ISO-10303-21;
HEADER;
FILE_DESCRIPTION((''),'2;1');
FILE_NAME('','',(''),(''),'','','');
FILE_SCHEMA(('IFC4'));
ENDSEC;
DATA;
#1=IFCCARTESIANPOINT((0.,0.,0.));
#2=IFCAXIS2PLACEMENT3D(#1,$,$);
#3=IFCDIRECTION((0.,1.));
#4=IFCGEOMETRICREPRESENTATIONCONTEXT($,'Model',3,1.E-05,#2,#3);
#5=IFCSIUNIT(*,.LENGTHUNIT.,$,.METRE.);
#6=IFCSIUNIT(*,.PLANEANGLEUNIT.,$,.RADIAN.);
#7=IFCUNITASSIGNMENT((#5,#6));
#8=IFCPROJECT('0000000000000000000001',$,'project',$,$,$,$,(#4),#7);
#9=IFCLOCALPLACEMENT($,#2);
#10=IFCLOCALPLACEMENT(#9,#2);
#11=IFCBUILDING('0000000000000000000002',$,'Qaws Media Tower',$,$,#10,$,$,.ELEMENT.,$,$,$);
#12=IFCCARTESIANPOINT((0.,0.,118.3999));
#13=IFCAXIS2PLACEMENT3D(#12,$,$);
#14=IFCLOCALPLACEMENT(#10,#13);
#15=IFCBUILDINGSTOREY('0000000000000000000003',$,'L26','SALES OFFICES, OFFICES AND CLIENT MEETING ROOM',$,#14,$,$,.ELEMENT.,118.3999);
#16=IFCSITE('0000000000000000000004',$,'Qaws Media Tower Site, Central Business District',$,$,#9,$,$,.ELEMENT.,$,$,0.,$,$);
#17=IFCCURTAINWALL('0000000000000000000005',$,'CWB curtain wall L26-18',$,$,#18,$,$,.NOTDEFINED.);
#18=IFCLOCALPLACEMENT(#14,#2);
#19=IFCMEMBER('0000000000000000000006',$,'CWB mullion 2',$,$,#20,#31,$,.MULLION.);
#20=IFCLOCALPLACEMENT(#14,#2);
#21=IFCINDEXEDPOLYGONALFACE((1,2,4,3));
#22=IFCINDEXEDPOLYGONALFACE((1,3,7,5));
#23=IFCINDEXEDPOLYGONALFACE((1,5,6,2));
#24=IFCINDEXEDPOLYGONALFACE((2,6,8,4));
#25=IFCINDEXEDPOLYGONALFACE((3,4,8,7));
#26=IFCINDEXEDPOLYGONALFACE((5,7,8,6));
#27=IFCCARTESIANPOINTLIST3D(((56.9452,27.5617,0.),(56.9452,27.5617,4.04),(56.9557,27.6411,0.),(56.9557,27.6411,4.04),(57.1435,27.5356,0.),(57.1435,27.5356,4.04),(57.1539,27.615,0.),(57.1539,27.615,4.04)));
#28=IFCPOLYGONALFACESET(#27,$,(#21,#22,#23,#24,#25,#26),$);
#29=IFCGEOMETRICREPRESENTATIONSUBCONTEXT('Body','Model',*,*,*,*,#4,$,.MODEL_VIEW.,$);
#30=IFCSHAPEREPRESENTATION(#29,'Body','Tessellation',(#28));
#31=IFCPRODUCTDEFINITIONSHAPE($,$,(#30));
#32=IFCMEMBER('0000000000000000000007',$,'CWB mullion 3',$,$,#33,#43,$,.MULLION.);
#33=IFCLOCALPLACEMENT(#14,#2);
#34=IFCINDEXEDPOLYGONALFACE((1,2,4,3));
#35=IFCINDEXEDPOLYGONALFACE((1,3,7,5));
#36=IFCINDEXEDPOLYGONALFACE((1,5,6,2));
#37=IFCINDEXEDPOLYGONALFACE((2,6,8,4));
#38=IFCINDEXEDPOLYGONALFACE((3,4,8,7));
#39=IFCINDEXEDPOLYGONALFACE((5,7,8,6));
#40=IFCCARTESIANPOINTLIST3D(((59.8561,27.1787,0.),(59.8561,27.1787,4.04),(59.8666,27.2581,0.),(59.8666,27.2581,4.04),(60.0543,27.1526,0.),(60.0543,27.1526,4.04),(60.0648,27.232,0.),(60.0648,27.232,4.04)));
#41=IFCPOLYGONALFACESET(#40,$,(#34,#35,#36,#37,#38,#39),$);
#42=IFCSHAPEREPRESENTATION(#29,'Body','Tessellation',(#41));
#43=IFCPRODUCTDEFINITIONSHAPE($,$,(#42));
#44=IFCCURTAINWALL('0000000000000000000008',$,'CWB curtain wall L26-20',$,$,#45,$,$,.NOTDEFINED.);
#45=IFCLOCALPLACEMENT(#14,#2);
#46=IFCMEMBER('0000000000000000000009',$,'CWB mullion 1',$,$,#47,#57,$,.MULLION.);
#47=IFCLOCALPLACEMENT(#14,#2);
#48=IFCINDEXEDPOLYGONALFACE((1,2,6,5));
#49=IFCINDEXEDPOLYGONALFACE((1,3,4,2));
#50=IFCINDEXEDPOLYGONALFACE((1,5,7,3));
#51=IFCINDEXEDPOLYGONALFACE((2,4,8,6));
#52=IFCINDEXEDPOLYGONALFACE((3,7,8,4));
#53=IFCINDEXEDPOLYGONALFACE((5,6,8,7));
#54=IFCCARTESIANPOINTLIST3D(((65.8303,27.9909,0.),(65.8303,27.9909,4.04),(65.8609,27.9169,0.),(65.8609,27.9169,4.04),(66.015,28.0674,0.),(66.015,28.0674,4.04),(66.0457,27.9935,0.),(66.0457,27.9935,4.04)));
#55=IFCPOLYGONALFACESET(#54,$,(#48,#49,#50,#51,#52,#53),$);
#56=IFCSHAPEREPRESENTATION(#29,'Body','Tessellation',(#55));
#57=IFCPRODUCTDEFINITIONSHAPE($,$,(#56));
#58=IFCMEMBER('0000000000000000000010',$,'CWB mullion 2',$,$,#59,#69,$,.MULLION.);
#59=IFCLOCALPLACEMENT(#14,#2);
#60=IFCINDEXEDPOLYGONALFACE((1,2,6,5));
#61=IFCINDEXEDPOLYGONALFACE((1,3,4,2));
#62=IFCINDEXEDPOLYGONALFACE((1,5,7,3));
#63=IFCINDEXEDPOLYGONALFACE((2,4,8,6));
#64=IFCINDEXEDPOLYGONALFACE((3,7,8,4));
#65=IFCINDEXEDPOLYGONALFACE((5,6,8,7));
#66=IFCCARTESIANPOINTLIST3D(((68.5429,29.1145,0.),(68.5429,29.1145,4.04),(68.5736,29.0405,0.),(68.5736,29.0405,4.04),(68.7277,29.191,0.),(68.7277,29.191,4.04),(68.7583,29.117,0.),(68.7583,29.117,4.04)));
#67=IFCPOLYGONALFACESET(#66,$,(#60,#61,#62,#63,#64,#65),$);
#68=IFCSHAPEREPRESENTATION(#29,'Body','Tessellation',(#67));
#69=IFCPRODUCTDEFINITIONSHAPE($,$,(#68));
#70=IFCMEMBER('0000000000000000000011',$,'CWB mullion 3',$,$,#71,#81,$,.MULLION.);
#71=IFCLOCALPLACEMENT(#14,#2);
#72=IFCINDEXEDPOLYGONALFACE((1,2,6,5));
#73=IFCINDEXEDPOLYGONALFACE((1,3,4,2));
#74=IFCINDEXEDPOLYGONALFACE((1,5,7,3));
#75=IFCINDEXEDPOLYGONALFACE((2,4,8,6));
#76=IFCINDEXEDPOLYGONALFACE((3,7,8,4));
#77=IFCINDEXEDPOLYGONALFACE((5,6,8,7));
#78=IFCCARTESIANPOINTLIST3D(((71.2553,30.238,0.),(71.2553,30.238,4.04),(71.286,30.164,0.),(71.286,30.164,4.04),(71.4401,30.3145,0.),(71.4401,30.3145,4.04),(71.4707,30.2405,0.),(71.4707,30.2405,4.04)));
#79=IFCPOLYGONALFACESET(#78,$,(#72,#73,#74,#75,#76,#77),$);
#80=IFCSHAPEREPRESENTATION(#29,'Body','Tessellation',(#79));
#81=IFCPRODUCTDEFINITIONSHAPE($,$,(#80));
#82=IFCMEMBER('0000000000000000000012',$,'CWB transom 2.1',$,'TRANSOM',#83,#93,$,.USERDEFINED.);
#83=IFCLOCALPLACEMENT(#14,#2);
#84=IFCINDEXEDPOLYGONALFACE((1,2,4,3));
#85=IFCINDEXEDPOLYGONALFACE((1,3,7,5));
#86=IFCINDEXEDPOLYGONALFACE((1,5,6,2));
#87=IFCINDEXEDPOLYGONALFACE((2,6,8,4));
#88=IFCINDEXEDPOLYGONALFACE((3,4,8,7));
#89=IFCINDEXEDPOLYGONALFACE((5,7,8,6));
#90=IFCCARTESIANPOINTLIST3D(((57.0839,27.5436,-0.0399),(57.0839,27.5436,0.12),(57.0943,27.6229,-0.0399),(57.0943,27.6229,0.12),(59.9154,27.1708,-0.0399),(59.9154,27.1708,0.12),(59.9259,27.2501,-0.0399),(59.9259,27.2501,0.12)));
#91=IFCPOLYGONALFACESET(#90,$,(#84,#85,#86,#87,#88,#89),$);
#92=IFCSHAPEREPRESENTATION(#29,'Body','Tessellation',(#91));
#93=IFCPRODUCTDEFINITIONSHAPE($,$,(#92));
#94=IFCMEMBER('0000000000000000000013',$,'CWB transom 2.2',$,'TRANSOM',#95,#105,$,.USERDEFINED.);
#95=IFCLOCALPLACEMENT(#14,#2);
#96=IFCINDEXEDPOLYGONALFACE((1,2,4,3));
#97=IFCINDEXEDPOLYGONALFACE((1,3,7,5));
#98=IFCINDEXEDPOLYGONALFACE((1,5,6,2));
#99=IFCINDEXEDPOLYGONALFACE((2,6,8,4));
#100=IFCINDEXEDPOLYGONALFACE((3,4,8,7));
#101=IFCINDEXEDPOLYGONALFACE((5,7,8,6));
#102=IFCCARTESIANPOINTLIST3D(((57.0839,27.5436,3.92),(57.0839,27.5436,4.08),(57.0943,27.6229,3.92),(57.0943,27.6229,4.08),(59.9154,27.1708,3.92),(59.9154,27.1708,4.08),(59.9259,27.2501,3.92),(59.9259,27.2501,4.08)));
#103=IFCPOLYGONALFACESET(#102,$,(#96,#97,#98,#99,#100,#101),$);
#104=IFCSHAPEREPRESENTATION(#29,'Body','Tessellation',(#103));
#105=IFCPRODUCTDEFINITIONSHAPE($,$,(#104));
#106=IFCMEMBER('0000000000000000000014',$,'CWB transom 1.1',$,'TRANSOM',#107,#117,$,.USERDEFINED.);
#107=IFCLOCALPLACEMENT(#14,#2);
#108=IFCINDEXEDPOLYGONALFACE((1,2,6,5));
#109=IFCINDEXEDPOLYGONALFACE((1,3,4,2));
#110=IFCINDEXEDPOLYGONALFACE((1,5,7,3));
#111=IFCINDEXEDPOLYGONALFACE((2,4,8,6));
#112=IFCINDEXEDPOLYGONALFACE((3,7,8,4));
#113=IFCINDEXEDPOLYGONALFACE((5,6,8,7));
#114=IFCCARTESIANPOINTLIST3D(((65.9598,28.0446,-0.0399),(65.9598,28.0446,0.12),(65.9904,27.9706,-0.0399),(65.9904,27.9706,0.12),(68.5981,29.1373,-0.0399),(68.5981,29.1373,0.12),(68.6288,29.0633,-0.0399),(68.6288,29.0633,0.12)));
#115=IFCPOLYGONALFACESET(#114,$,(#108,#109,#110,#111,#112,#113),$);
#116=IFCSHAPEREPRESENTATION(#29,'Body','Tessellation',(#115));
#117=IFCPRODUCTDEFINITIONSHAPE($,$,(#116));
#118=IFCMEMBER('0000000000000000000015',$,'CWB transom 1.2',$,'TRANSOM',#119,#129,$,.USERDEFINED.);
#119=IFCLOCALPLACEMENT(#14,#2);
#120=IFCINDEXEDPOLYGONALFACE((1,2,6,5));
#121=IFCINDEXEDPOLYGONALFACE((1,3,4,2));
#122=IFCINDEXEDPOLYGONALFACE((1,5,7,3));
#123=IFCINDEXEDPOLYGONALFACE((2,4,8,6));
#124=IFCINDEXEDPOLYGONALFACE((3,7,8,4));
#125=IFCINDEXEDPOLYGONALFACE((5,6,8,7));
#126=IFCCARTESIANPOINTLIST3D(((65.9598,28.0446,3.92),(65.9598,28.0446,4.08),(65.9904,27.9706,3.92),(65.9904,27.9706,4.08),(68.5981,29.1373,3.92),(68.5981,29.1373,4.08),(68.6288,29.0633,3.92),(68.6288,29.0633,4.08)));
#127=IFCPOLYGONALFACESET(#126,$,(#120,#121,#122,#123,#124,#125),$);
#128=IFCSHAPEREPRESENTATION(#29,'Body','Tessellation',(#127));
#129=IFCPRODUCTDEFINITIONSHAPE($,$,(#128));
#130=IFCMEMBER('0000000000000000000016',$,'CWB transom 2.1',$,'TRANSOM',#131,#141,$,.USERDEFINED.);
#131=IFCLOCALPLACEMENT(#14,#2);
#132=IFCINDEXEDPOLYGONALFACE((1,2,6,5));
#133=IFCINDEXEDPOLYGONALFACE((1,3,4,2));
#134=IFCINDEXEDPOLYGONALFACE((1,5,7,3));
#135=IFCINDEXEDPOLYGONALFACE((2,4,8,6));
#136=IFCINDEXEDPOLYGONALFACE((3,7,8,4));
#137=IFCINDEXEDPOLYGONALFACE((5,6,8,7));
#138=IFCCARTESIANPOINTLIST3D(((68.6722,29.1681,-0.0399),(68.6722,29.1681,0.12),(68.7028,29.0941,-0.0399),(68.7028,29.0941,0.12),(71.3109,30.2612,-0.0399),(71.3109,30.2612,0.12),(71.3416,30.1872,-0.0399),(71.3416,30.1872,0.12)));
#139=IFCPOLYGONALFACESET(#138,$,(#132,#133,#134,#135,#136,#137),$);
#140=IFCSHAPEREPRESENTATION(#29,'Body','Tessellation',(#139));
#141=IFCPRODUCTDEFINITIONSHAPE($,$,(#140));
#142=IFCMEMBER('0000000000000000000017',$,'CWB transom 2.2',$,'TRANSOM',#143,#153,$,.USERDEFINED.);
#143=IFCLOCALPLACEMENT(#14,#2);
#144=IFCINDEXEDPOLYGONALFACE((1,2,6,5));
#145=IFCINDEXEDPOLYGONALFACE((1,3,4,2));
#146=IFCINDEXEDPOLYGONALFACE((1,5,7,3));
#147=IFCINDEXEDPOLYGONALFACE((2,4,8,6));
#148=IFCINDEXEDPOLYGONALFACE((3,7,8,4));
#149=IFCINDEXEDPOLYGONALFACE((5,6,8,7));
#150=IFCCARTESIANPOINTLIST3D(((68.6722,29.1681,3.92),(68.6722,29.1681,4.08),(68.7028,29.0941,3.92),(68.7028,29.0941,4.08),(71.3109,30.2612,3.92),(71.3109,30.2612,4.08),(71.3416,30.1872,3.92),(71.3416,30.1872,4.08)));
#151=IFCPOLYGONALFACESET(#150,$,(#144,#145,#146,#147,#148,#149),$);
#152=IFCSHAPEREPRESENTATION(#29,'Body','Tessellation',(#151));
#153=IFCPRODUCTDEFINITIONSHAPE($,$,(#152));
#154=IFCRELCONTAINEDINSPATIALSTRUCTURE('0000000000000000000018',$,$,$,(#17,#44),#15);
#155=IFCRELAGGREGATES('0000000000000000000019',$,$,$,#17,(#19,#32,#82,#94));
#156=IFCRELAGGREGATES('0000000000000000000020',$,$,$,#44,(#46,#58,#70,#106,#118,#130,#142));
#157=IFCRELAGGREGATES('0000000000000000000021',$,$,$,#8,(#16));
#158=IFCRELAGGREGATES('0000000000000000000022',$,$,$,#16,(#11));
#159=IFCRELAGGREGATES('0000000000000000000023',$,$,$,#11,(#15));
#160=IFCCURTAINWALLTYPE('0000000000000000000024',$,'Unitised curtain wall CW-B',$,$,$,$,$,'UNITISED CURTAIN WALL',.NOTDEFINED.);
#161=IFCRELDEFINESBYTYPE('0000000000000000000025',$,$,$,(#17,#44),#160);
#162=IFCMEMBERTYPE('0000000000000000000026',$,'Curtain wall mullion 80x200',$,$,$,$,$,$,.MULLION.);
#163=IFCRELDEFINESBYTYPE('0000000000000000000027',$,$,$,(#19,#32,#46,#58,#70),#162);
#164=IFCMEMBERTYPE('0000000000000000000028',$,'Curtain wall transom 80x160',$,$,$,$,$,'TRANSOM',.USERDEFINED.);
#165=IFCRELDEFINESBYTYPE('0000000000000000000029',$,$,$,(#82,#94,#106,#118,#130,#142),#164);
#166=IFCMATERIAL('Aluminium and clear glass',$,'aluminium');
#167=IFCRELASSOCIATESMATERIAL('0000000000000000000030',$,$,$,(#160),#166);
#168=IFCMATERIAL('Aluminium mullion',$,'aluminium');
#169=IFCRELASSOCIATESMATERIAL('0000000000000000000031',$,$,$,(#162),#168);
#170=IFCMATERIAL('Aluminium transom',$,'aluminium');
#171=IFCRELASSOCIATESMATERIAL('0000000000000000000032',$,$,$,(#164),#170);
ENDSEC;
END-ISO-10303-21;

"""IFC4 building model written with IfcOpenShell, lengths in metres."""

from ifc_helpers import new_model, si_unit, direction, frame, origin, origin_2d, place, context, subcontext, project, spatial, rectangle, extrude, material, material_profile, profile_set, type_object, element, aggregate, save


model = new_model("IFC4")

# Units and contexts
model_context = context("Model", 3, precision=1e-05, world=origin(), true_north=direction((0.0, 1.0)))
body_context = subcontext(model_context, "Body", "Model", "MODEL_VIEW")
ifc_project = project(units=[si_unit("LENGTHUNIT", "METRE"), si_unit("PLANEANGLEUNIT", "RADIAN")], contexts=[model_context])

# Site, building, storey
site_placement = place(None, origin())
site = spatial("IfcSite", under=ifc_project, at=site_placement, Name="Qaws Media Tower Site, Central Business District", CompositionType="ELEMENT", RefElevation=0.0)
building_placement = place(site_placement, origin())
building = spatial("IfcBuilding", under=site, at=building_placement, Name="Qaws Media Tower", CompositionType="ELEMENT")
storey_placement = place(building_placement, frame((0.0, 0.0, 118.3999)))
storey = spatial("IfcBuildingStorey", under=building, at=storey_placement, Name="L26", Description="SALES OFFICES, OFFICES AND CLIENT MEETING ROOM", CompositionType="ELEMENT", Elevation=118.3999)

# Curtain walls, members
ifc_material_1 = material(Name="Aluminium and clear glass", Category="aluminium")
curtain_wall_type = type_object("IfcCurtainWallType", Name="Unitised curtain wall CW-B", ElementType="UNITISED CURTAIN WALL", PredefinedType="NOTDEFINED", material=ifc_material_1)
curtain_wall_1_placement = place(storey_placement, origin())
curtain_wall_1 = element("IfcCurtainWall", 1, at=curtain_wall_1_placement, inside=storey, type_object=curtain_wall_type, Name="CWB curtain wall L26-18", PredefinedType="NOTDEFINED")
ifc_material_2 = material(Name="Aluminium mullion", Category="aluminium")
ifc_material_profile_1 = material_profile(ifc_material_2, rectangle(XDim=0.0801, YDim=0.2, at=origin_2d()), Name="80x200")
ifc_profile_set_1 = profile_set([ifc_material_profile_1], Name="Aluminium mullion")
member_type_1 = type_object("IfcMemberType", Name="Curtain wall mullion 80x200", PredefinedType="MULLION", material=ifc_profile_set_1)
member_1_placement = place(storey_placement, frame((57.0496, 27.5884, 0.0), z_axis=(0.0, 0.0, 1.0), x_axis=(0.130526, 0.991445, 0.0)))
member_1 = element("IfcMember", 2, at=member_1_placement, type_object=member_type_1, Name="CWB mullion 2", PredefinedType="MULLION", context=body_context, shape_type="SweptSolid", body=[
    extrude(rectangle(XDim=0.0801, YDim=0.2, at=origin_2d()), origin(), (0.0, 0.0, 1.0), 4.04),
])
member_2_placement = place(storey_placement, frame((59.9604, 27.2053, 0.0), z_axis=(0.0, 0.0, 1.0), x_axis=(0.130526, 0.991445, 0.0)))
member_2 = element("IfcMember", 3, at=member_2_placement, type_object=member_type_1, Name="CWB mullion 3", PredefinedType="MULLION", context=body_context, shape_type="SweptSolid", body=[
    extrude(rectangle(XDim=0.0801, YDim=0.2, at=origin_2d()), origin(), (0.0, 0.0, 1.0), 4.04),
])
curtain_wall_2_placement = place(storey_placement, origin())
curtain_wall_2 = element("IfcCurtainWall", 4, at=curtain_wall_2_placement, inside=storey, type_object=curtain_wall_type, Name="CWB curtain wall L26-20", PredefinedType="NOTDEFINED")
member_3_placement = place(storey_placement, frame((65.938, 27.9922, 0.0), z_axis=(0.0, 0.0, 1.0), x_axis=(-0.382683, 0.92388, 0.0)))
member_3 = element("IfcMember", 5, at=member_3_placement, type_object=member_type_1, Name="CWB mullion 1", PredefinedType="MULLION", context=body_context, shape_type="SweptSolid", body=[
    extrude(rectangle(XDim=0.0801, YDim=0.2, at=origin_2d()), origin(), (0.0, 0.0, 1.0), 4.04),
])
member_4_placement = place(storey_placement, frame((68.6506, 29.1157, 0.0), z_axis=(0.0, 0.0, 1.0), x_axis=(-0.382683, 0.92388, 0.0)))
member_4 = element("IfcMember", 6, at=member_4_placement, type_object=member_type_1, Name="CWB mullion 2", PredefinedType="MULLION", context=body_context, shape_type="SweptSolid", body=[
    extrude(rectangle(XDim=0.0801, YDim=0.2, at=origin_2d()), origin(), (0.0, 0.0, 1.0), 4.04),
])
member_5_placement = place(storey_placement, frame((71.363, 30.2393, 0.0), z_axis=(0.0, 0.0, 1.0), x_axis=(-0.382683, 0.92388, 0.0)))
member_5 = element("IfcMember", 7, at=member_5_placement, type_object=member_type_1, Name="CWB mullion 3", PredefinedType="MULLION", context=body_context, shape_type="SweptSolid", body=[
    extrude(rectangle(XDim=0.0801, YDim=0.2, at=origin_2d()), origin(), (0.0, 0.0, 1.0), 4.04),
])

# Members
ifc_material_3 = material(Name="Aluminium transom", Category="aluminium")
ifc_material_profile_2 = material_profile(ifc_material_3, rectangle(XDim=0.0801, YDim=0.1599, at=origin_2d()), Name="80x160")
ifc_profile_set_2 = profile_set([ifc_material_profile_2], Name="Aluminium transom")
member_type_2 = type_object("IfcMemberType", Name="Curtain wall transom 80x160", ElementType="TRANSOM", PredefinedType="USERDEFINED", material=ifc_profile_set_2)
member_6_placement = place(storey_placement, frame((57.0891, 27.5833, 0.04), z_axis=(0.991444, -0.130534, 0.0), x_axis=(0.130534, 0.991444, 0.0)))
member_6 = element("IfcMember", 8, at=member_6_placement, type_object=member_type_2, Name="CWB transom 2.1", ObjectType="TRANSOM", PredefinedType="USERDEFINED", context=body_context, shape_type="SweptSolid", body=[
    extrude(rectangle(XDim=0.0801, YDim=0.1599, at=origin_2d()), origin(), (0.0, 0.0, 1.0), 2.856),
])
member_7_placement = place(storey_placement, frame((57.0891, 27.5833, 4.0), z_axis=(0.991444, -0.130534, 0.0), x_axis=(0.130534, 0.991444, 0.0)))
member_7 = element("IfcMember", 9, at=member_7_placement, type_object=member_type_2, Name="CWB transom 2.2", ObjectType="TRANSOM", PredefinedType="USERDEFINED", context=body_context, shape_type="SweptSolid", body=[
    extrude(rectangle(XDim=0.0801, YDim=0.1599, at=origin_2d()), origin(), (0.0, 0.0, 1.0), 2.856),
])
member_8_placement = place(storey_placement, frame((65.9751, 28.0076, 0.04), z_axis=(0.923892, 0.382654, 0.0), x_axis=(-0.382654, 0.923892, 0.0)))
member_8 = element("IfcMember", 10, at=member_8_placement, type_object=member_type_2, Name="CWB transom 1.1", ObjectType="TRANSOM", PredefinedType="USERDEFINED", context=body_context, shape_type="SweptSolid", body=[
    extrude(rectangle(XDim=0.0801, YDim=0.1599, at=origin_2d()), origin(), (0.0, 0.0, 1.0), 2.8557),
])
member_9_placement = place(storey_placement, frame((65.9751, 28.0076, 4.0), z_axis=(0.923892, 0.382654, 0.0), x_axis=(-0.382654, 0.923892, 0.0)))
member_9 = element("IfcMember", 11, at=member_9_placement, type_object=member_type_2, Name="CWB transom 1.2", ObjectType="TRANSOM", PredefinedType="USERDEFINED", context=body_context, shape_type="SweptSolid", body=[
    extrude(rectangle(XDim=0.0801, YDim=0.1599, at=origin_2d()), origin(), (0.0, 0.0, 1.0), 2.8557),
])
member_10_placement = place(storey_placement, frame((68.6875, 29.1311, 0.04), z_axis=(0.923874, 0.382697, 0.0), x_axis=(-0.382697, 0.923874, 0.0)))
member_10 = element("IfcMember", 12, at=member_10_placement, type_object=member_type_2, Name="CWB transom 2.1", ObjectType="TRANSOM", PredefinedType="USERDEFINED", context=body_context, shape_type="SweptSolid", body=[
    extrude(rectangle(XDim=0.0801, YDim=0.1599, at=origin_2d()), origin(), (0.0, 0.0, 1.0), 2.8562),
])
member_11_placement = place(storey_placement, frame((68.6875, 29.1311, 4.0), z_axis=(0.923874, 0.382697, 0.0), x_axis=(-0.382697, 0.923874, 0.0)))
member_11 = element("IfcMember", 13, at=member_11_placement, type_object=member_type_2, Name="CWB transom 2.2", ObjectType="TRANSOM", PredefinedType="USERDEFINED", context=body_context, shape_type="SweptSolid", body=[
    extrude(rectangle(XDim=0.0801, YDim=0.1599, at=origin_2d()), origin(), (0.0, 0.0, 1.0), 2.8562),
])

aggregate(curtain_wall_1, [member_1, member_2, member_6, member_7])
aggregate(curtain_wall_2, [member_3, member_4, member_5, member_8, member_9, member_10, member_11])

save(model, "model.ifc")
